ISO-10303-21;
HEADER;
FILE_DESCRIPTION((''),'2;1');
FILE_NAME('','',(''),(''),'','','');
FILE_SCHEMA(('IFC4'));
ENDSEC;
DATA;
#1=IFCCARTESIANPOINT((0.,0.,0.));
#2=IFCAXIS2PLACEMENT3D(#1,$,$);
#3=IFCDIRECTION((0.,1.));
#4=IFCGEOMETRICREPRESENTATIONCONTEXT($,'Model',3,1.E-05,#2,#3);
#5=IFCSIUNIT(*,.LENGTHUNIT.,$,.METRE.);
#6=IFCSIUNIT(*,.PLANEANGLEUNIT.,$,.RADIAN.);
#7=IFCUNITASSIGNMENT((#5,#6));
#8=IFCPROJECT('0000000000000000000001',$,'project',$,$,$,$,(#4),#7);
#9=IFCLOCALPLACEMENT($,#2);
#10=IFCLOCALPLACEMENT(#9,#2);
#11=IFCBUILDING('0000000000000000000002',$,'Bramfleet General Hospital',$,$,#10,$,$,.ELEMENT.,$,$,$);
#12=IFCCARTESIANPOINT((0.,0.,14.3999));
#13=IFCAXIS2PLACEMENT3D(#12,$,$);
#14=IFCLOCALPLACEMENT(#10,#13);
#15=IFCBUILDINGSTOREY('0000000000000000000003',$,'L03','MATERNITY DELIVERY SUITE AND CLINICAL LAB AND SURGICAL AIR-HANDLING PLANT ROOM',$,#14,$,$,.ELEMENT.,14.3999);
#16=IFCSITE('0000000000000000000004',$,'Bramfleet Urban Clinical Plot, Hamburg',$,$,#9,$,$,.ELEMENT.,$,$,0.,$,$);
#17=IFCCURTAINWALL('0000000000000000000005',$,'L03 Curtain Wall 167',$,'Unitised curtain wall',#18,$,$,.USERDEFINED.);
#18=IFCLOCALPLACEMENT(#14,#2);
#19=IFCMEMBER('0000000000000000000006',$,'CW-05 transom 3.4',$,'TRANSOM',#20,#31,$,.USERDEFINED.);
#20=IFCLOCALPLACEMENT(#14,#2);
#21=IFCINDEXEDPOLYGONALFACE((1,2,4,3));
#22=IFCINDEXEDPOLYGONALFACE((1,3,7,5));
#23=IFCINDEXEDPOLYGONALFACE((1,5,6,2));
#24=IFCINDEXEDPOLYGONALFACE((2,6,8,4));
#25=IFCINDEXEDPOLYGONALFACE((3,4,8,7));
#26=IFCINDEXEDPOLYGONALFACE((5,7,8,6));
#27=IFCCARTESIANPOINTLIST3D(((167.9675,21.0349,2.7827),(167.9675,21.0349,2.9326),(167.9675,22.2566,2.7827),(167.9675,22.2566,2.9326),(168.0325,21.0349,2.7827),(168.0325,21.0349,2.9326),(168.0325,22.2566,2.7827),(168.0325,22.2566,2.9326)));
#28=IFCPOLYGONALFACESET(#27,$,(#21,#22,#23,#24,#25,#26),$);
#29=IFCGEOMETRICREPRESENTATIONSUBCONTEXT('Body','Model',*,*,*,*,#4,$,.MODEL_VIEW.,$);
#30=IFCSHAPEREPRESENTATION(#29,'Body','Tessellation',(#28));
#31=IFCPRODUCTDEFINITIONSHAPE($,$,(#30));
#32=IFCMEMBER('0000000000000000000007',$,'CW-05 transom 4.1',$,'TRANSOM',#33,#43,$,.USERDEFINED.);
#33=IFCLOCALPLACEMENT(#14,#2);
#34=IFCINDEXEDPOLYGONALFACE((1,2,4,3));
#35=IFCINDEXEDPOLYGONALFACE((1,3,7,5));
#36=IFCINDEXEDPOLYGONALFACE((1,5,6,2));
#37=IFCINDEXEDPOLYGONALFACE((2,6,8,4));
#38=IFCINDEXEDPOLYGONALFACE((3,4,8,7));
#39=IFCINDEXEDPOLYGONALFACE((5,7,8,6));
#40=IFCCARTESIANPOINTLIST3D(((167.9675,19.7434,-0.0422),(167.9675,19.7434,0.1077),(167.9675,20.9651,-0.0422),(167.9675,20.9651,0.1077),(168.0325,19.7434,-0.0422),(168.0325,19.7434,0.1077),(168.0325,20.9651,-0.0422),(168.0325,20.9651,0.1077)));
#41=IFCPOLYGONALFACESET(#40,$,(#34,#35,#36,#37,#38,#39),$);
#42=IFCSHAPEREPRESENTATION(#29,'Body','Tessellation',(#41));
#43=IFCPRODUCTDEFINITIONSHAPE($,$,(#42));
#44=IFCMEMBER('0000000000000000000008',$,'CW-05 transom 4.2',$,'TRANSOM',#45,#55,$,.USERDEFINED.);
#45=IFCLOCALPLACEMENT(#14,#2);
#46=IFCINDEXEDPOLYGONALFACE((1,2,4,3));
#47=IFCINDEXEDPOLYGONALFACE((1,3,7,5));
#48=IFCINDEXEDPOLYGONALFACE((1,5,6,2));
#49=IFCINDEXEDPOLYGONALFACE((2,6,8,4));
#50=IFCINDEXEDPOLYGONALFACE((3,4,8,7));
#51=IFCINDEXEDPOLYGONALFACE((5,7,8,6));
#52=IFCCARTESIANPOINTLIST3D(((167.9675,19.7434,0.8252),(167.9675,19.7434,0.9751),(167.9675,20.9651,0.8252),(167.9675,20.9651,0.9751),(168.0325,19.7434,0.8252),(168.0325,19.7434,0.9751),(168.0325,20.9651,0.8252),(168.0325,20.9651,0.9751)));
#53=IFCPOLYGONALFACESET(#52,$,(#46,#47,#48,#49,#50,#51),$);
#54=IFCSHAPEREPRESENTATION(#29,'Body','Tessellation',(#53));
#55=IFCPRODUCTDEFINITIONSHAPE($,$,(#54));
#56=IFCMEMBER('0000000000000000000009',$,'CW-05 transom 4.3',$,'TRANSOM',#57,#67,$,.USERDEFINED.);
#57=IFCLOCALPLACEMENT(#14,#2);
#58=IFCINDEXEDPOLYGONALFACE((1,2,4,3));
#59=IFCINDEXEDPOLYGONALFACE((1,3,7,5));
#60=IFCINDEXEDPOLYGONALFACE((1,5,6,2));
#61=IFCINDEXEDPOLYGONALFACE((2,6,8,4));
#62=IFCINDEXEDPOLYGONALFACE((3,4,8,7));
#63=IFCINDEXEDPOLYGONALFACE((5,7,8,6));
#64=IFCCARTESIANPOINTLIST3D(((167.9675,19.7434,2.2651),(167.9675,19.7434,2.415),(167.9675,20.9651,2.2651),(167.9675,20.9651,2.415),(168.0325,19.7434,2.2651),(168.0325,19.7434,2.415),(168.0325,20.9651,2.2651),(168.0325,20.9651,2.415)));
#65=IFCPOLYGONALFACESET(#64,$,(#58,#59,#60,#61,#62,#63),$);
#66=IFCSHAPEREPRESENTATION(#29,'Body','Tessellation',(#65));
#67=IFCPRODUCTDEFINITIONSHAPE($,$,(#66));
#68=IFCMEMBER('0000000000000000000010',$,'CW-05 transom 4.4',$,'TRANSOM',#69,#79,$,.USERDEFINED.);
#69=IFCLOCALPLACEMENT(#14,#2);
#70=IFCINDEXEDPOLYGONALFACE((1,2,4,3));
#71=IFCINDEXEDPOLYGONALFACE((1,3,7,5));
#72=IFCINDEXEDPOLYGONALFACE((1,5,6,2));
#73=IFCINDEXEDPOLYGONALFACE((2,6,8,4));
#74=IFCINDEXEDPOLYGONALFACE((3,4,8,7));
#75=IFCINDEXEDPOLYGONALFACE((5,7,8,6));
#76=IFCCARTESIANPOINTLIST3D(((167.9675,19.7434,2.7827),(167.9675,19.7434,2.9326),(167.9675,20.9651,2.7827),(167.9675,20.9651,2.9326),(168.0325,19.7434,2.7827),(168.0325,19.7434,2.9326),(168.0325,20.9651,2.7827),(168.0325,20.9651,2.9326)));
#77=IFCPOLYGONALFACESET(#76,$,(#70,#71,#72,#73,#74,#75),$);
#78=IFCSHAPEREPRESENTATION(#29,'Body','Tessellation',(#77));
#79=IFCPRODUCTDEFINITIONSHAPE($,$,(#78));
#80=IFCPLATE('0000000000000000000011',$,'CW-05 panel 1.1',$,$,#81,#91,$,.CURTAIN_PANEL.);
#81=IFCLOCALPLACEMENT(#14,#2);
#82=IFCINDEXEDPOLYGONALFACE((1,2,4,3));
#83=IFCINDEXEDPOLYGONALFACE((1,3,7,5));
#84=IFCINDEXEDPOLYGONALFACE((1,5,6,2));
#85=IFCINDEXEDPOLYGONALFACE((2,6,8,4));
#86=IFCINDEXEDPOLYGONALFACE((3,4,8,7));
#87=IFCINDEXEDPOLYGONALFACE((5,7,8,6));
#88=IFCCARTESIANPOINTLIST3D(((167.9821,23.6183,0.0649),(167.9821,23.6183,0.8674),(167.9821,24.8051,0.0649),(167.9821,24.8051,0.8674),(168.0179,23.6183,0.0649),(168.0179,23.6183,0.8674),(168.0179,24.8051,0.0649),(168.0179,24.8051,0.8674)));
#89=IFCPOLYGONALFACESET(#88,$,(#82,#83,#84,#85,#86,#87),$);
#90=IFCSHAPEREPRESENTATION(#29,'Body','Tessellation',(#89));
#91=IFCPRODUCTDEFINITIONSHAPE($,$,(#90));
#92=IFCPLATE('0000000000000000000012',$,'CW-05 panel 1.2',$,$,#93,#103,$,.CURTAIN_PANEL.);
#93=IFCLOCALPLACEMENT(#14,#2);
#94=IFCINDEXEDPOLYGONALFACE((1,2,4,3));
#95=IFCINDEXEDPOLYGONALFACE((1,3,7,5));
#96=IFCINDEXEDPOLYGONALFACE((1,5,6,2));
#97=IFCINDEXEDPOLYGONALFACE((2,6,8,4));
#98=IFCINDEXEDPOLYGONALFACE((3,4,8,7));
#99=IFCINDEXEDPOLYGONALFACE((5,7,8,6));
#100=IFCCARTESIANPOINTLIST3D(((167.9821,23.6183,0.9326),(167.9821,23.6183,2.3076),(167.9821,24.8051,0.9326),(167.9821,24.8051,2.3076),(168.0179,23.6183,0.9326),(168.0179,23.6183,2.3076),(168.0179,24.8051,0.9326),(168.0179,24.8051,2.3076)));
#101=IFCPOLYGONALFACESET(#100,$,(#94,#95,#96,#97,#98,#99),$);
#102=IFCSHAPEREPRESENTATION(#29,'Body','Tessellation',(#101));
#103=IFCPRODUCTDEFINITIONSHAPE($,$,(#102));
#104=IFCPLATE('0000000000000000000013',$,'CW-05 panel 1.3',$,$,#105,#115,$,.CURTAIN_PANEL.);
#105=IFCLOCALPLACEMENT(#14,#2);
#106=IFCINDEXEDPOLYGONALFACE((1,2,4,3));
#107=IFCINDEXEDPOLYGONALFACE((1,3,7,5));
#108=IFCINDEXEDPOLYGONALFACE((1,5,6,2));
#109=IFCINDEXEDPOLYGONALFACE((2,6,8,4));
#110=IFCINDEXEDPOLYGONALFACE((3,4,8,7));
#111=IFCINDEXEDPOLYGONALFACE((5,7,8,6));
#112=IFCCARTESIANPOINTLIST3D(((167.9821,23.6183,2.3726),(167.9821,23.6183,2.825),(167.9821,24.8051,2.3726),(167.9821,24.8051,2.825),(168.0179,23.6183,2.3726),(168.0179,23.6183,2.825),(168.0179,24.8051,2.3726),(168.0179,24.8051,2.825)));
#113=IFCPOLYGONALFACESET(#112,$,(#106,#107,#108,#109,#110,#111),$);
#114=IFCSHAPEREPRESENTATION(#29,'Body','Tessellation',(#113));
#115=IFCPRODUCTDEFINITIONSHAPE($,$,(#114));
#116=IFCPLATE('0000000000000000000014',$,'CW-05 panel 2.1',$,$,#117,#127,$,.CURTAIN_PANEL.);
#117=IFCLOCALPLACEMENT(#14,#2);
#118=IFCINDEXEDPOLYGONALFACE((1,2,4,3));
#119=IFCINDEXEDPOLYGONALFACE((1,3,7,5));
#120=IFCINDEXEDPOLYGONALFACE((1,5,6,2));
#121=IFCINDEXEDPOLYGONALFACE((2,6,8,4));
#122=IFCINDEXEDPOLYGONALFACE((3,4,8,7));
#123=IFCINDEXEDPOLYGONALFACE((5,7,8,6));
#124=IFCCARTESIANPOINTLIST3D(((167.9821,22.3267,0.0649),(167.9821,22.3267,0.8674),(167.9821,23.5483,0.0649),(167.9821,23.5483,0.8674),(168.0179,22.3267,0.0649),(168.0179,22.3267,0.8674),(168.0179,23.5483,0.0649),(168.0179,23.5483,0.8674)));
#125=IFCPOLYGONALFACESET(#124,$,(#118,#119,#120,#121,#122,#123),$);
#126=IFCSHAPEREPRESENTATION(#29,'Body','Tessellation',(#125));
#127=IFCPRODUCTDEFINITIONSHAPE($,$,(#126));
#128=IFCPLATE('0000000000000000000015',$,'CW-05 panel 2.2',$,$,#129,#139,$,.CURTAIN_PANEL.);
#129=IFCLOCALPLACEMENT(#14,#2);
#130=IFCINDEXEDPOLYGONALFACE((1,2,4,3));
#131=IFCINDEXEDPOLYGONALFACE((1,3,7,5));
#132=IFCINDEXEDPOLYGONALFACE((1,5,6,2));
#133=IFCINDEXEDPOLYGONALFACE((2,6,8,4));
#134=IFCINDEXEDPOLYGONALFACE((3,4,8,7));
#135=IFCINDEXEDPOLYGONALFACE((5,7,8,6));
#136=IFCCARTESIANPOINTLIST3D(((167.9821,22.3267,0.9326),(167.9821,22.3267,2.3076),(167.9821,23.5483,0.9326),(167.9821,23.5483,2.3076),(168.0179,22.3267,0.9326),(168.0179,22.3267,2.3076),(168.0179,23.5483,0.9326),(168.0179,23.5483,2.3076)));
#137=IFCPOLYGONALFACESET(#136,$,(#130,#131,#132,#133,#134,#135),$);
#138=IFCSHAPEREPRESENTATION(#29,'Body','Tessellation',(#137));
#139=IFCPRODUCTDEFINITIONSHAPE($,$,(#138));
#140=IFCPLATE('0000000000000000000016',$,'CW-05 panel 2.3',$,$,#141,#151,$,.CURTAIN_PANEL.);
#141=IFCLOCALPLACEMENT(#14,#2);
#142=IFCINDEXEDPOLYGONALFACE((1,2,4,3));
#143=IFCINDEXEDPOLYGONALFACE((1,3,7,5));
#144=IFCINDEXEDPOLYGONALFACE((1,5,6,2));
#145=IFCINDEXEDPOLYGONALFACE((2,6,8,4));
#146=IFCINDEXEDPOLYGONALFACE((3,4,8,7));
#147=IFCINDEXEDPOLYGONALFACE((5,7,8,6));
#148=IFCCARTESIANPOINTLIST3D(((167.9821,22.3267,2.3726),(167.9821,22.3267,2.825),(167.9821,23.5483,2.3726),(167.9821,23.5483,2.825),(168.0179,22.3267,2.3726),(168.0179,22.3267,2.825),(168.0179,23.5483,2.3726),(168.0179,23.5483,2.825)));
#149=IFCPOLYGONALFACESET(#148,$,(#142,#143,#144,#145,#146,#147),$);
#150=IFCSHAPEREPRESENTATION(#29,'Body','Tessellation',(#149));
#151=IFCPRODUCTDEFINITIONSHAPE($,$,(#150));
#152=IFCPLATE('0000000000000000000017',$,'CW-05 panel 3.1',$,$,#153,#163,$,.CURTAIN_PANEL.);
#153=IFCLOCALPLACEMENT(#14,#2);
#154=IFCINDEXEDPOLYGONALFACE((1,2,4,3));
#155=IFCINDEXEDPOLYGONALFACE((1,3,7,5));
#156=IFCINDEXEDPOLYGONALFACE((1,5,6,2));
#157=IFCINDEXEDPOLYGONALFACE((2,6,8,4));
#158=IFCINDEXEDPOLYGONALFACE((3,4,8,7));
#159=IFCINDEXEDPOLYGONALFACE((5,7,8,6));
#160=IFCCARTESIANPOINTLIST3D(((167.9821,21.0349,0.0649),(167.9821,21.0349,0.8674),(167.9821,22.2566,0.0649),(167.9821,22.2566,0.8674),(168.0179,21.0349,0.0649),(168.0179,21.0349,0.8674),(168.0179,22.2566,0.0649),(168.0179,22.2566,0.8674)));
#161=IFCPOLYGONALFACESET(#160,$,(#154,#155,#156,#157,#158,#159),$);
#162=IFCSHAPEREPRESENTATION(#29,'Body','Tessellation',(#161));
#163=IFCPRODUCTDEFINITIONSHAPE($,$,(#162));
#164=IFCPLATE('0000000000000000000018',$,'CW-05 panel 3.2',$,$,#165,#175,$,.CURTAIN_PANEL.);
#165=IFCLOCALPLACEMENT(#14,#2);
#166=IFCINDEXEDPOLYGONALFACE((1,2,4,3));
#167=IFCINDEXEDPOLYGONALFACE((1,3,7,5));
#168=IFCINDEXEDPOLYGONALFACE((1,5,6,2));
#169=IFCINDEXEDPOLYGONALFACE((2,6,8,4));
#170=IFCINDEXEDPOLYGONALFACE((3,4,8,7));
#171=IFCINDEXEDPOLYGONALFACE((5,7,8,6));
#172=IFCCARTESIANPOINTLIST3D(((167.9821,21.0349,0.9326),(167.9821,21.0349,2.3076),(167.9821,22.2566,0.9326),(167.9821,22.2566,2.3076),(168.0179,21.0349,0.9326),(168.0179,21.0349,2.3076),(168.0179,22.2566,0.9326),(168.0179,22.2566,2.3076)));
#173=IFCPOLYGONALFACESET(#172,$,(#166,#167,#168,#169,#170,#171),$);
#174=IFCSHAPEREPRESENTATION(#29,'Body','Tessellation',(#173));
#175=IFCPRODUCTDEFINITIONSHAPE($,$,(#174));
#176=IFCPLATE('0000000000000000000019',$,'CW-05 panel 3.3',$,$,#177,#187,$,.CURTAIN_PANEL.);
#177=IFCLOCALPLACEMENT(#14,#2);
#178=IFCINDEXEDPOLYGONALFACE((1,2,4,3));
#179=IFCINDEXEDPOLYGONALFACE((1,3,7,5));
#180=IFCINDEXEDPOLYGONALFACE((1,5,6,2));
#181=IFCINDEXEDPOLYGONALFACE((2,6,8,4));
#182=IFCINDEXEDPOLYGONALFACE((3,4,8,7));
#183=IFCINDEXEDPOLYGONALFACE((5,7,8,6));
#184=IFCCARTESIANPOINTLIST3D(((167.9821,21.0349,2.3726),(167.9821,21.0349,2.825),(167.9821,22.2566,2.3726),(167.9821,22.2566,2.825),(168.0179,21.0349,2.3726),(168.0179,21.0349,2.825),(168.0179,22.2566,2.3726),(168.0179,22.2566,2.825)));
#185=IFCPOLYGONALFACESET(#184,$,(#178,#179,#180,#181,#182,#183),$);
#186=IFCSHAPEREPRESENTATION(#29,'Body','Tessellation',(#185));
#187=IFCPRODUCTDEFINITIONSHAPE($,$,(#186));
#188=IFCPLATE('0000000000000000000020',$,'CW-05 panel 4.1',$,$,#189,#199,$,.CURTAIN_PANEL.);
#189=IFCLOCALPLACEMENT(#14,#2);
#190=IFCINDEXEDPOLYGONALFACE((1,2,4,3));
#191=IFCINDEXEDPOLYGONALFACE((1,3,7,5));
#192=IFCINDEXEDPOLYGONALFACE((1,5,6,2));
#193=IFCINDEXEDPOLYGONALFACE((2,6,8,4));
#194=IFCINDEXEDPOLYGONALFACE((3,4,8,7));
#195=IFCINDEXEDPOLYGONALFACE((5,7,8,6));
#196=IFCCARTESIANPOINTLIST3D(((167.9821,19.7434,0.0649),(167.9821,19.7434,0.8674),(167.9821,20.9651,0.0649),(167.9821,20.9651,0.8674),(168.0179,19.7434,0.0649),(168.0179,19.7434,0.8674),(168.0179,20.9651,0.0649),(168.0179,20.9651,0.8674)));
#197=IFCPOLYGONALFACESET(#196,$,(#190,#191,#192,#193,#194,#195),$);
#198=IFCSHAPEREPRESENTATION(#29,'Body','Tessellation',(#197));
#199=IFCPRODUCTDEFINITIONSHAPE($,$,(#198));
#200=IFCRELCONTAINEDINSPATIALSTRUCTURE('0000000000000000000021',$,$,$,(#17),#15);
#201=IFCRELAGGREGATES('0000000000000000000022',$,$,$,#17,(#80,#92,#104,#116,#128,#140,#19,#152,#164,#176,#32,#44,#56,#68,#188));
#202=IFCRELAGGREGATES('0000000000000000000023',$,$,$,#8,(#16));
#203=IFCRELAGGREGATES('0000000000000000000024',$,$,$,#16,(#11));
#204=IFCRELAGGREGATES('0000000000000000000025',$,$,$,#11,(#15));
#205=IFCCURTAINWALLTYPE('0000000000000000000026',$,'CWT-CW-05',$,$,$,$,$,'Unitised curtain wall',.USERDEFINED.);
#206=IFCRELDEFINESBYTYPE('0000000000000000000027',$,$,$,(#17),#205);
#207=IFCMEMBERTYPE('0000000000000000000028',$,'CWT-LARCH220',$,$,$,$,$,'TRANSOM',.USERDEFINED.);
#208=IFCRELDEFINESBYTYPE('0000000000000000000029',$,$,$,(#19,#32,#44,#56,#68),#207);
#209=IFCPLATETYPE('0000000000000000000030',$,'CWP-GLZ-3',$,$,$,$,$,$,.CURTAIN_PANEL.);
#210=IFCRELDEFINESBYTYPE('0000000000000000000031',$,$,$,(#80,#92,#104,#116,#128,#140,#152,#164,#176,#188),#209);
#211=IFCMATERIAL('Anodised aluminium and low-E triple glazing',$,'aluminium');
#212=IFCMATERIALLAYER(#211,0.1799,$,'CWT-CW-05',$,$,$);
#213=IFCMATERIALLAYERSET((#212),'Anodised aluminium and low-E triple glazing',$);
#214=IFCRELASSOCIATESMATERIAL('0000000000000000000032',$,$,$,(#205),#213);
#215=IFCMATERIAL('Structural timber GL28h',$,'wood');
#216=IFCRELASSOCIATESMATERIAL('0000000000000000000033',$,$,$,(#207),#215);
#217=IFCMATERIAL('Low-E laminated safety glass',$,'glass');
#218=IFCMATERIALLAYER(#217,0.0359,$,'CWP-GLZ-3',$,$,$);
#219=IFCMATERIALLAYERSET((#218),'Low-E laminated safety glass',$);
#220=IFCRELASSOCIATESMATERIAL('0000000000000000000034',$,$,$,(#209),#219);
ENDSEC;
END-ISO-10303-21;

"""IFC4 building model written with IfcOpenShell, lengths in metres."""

from ifc_helpers import new_model, si_unit, direction, frame, origin, origin_2d, place, context, subcontext, project, spatial, rectangle, extrude, material, layer, layer_set, material_profile, profile_set, type_object, element, aggregate, save


model = new_model("IFC4")

# Units and contexts
model_context = context("Model", 3, precision=1e-05, world=origin(), true_north=direction((0.0, 1.0)))
body_context = subcontext(model_context, "Body", "Model", "MODEL_VIEW")
ifc_project = project(units=[si_unit("LENGTHUNIT", "METRE"), si_unit("PLANEANGLEUNIT", "RADIAN")], contexts=[model_context])

# Site, building, storey
site_placement = place(None, origin())
site = spatial("IfcSite", under=ifc_project, at=site_placement, Name="Bramfleet Urban Clinical Plot, Hamburg", CompositionType="ELEMENT", RefElevation=0.0)
building_placement = place(site_placement, origin())
building = spatial("IfcBuilding", under=site, at=building_placement, Name="Bramfleet General Hospital", CompositionType="ELEMENT")
storey_placement = place(building_placement, frame((0.0, 0.0, 14.3999)))
storey = spatial("IfcBuildingStorey", under=building, at=storey_placement, Name="L03", Description="MATERNITY DELIVERY SUITE AND CLINICAL LAB AND SURGICAL AIR-HANDLING PLANT ROOM", CompositionType="ELEMENT", Elevation=14.3999)

# Curtain wall, members, plates
ifc_material_1 = material(Name="Anodised aluminium and low-E triple glazing", Category="aluminium")
ifc_layer_1 = layer(ifc_material_1, 0.1799, Name="CWT-CW-05")
ifc_layer_set_1 = layer_set([ifc_layer_1], Name="Anodised aluminium and low-E triple glazing")
curtain_wall_type = type_object("IfcCurtainWallType", Name="CWT-CW-05", ElementType="Unitised curtain wall", PredefinedType="USERDEFINED", material=ifc_layer_set_1)
curtain_wall_placement = place(storey_placement, origin())
curtain_wall = element("IfcCurtainWall", 1, at=curtain_wall_placement, inside=storey, type_object=curtain_wall_type, Name="L03 Curtain Wall 167", ObjectType="Unitised curtain wall", PredefinedType="USERDEFINED")
ifc_material_2 = material(Name="Structural timber GL28h", Category="wood")
ifc_material_profile_1 = material_profile(ifc_material_2, rectangle(XDim=0.0649, YDim=0.1499, at=origin_2d()), Name="LARCH 150x65")
ifc_profile_set_1 = profile_set([ifc_material_profile_1], Name="Structural timber GL28h")
member_type_1 = type_object("IfcMemberType", Name="CWT-LARCH220", ElementType="TRANSOM", PredefinedType="USERDEFINED", material=ifc_profile_set_1)
member_1_placement = place(storey_placement, frame((168.0, 22.2566, 2.8577), z_axis=(0.0, -1.0, 0.0), x_axis=(1.0, 0.0, 0.0)))
member_1 = element("IfcMember", 2, at=member_1_placement, type_object=member_type_1, Name="CW-05 transom 3.4", ObjectType="TRANSOM", PredefinedType="USERDEFINED", context=body_context, shape_type="SweptSolid", body=[
    extrude(rectangle(XDim=0.0649, YDim=0.1499, at=origin_2d()), origin(), (0.0, 0.0, 1.0), 1.2217),
])
member_2_placement = place(storey_placement, frame((168.0, 20.9651, 0.0327), z_axis=(0.0, -1.0, 0.0), x_axis=(1.0, 0.0, 0.0)))
member_2 = element("IfcMember", 3, at=member_2_placement, type_object=member_type_1, Name="CW-05 transom 4.1", ObjectType="TRANSOM", PredefinedType="USERDEFINED", context=body_context, shape_type="SweptSolid", body=[
    extrude(rectangle(XDim=0.0649, YDim=0.1499, at=origin_2d()), origin(), (0.0, 0.0, 1.0), 1.2217),
])
member_3_placement = place(storey_placement, frame((168.0, 20.9651, 0.9001), z_axis=(0.0, -1.0, 0.0), x_axis=(1.0, 0.0, 0.0)))
member_3 = element("IfcMember", 4, at=member_3_placement, type_object=member_type_1, Name="CW-05 transom 4.2", ObjectType="TRANSOM", PredefinedType="USERDEFINED", context=body_context, shape_type="SweptSolid", body=[
    extrude(rectangle(XDim=0.0649, YDim=0.1499, at=origin_2d()), origin(), (0.0, 0.0, 1.0), 1.2217),
])
member_4_placement = place(storey_placement, frame((168.0, 20.9651, 2.3401), z_axis=(0.0, -1.0, 0.0), x_axis=(1.0, 0.0, 0.0)))
member_4 = element("IfcMember", 5, at=member_4_placement, type_object=member_type_1, Name="CW-05 transom 4.3", ObjectType="TRANSOM", PredefinedType="USERDEFINED", context=body_context, shape_type="SweptSolid", body=[
    extrude(rectangle(XDim=0.0649, YDim=0.1499, at=origin_2d()), origin(), (0.0, 0.0, 1.0), 1.2217),
])
member_5_placement = place(storey_placement, frame((168.0, 20.9651, 2.8577), z_axis=(0.0, -1.0, 0.0), x_axis=(1.0, 0.0, 0.0)))
member_5 = element("IfcMember", 6, at=member_5_placement, type_object=member_type_1, Name="CW-05 transom 4.4", ObjectType="TRANSOM", PredefinedType="USERDEFINED", context=body_context, shape_type="SweptSolid", body=[
    extrude(rectangle(XDim=0.0649, YDim=0.1499, at=origin_2d()), origin(), (0.0, 0.0, 1.0), 1.2217),
])
ifc_material_3 = material(Name="Low-E laminated safety glass", Category="glass")
ifc_layer_2 = layer(ifc_material_3, 0.0359, Name="CWP-GLZ-3")
ifc_layer_set_2 = layer_set([ifc_layer_2], Name="Low-E laminated safety glass")
plate_type = type_object("IfcPlateType", Name="CWP-GLZ-3", PredefinedType="CURTAIN_PANEL", material=ifc_layer_set_2)
plate_1_placement = place(storey_placement, frame((168.0, 24.2117, 0.0649), z_axis=(0.0, 0.0, 1.0), x_axis=(0.0, -1.0, 0.0)))
plate_1 = element("IfcPlate", 7, at=plate_1_placement, type_object=plate_type, Name="CW-05 panel 1.1", PredefinedType="CURTAIN_PANEL", context=body_context, shape_type="SweptSolid", body=[
    extrude(rectangle(XDim=1.1868, YDim=0.0359, at=origin_2d()), origin(), (0.0, 0.0, 1.0), 0.8025),
])
plate_2_placement = place(storey_placement, frame((168.0, 24.2117, 0.9326), z_axis=(0.0, 0.0, 1.0), x_axis=(0.0, -1.0, 0.0)))
plate_2 = element("IfcPlate", 8, at=plate_2_placement, type_object=plate_type, Name="CW-05 panel 1.2", PredefinedType="CURTAIN_PANEL", context=body_context, shape_type="SweptSolid", body=[
    extrude(rectangle(XDim=1.1868, YDim=0.0359, at=origin_2d()), origin(), (0.0, 0.0, 1.0), 1.375),
])
plate_3_placement = place(storey_placement, frame((168.0, 24.2117, 2.3726), z_axis=(0.0, 0.0, 1.0), x_axis=(0.0, -1.0, 0.0)))
plate_3 = element("IfcPlate", 9, at=plate_3_placement, type_object=plate_type, Name="CW-05 panel 1.3", PredefinedType="CURTAIN_PANEL", context=body_context, shape_type="SweptSolid", body=[
    extrude(rectangle(XDim=1.1868, YDim=0.0359, at=origin_2d()), origin(), (0.0, 0.0, 1.0), 0.4524),
])
plate_4_placement = place(storey_placement, frame((168.0, 22.9375, 0.0649), z_axis=(0.0, 0.0, 1.0), x_axis=(0.0, -1.0, 0.0)))
plate_4 = element("IfcPlate", 10, at=plate_4_placement, type_object=plate_type, Name="CW-05 panel 2.1", PredefinedType="CURTAIN_PANEL", context=body_context, shape_type="SweptSolid", body=[
    extrude(rectangle(XDim=1.2217, YDim=0.0359, at=origin_2d()), origin(), (0.0, 0.0, 1.0), 0.8025),
])
plate_5_placement = place(storey_placement, frame((168.0, 22.9375, 0.9326), z_axis=(0.0, 0.0, 1.0), x_axis=(0.0, -1.0, 0.0)))
plate_5 = element("IfcPlate", 11, at=plate_5_placement, type_object=plate_type, Name="CW-05 panel 2.2", PredefinedType="CURTAIN_PANEL", context=body_context, shape_type="SweptSolid", body=[
    extrude(rectangle(XDim=1.2217, YDim=0.0359, at=origin_2d()), origin(), (0.0, 0.0, 1.0), 1.375),
])
plate_6_placement = place(storey_placement, frame((168.0, 22.9375, 2.3726), z_axis=(0.0, 0.0, 1.0), x_axis=(0.0, -1.0, 0.0)))
plate_6 = element("IfcPlate", 12, at=plate_6_placement, type_object=plate_type, Name="CW-05 panel 2.3", PredefinedType="CURTAIN_PANEL", context=body_context, shape_type="SweptSolid", body=[
    extrude(rectangle(XDim=1.2217, YDim=0.0359, at=origin_2d()), origin(), (0.0, 0.0, 1.0), 0.4524),
])
plate_7_placement = place(storey_placement, frame((168.0, 21.6458, 0.0649), z_axis=(0.0, 0.0, 1.0), x_axis=(0.0, -1.0, 0.0)))
plate_7 = element("IfcPlate", 13, at=plate_7_placement, type_object=plate_type, Name="CW-05 panel 3.1", PredefinedType="CURTAIN_PANEL", context=body_context, shape_type="SweptSolid", body=[
    extrude(rectangle(XDim=1.2217, YDim=0.0359, at=origin_2d()), origin(), (0.0, 0.0, 1.0), 0.8025),
])
plate_8_placement = place(storey_placement, frame((168.0, 21.6458, 0.9326), z_axis=(0.0, 0.0, 1.0), x_axis=(0.0, -1.0, 0.0)))
plate_8 = element("IfcPlate", 14, at=plate_8_placement, type_object=plate_type, Name="CW-05 panel 3.2", PredefinedType="CURTAIN_PANEL", context=body_context, shape_type="SweptSolid", body=[
    extrude(rectangle(XDim=1.2217, YDim=0.0359, at=origin_2d()), origin(), (0.0, 0.0, 1.0), 1.375),
])
plate_9_placement = place(storey_placement, frame((168.0, 21.6458, 2.3726), z_axis=(0.0, 0.0, 1.0), x_axis=(0.0, -1.0, 0.0)))
plate_9 = element("IfcPlate", 15, at=plate_9_placement, type_object=plate_type, Name="CW-05 panel 3.3", PredefinedType="CURTAIN_PANEL", context=body_context, shape_type="SweptSolid", body=[
    extrude(rectangle(XDim=1.2217, YDim=0.0359, at=origin_2d()), origin(), (0.0, 0.0, 1.0), 0.4524),
])
plate_10_placement = place(storey_placement, frame((168.0, 20.3542, 0.0649), z_axis=(0.0, 0.0, 1.0), x_axis=(0.0, -1.0, 0.0)))
plate_10 = element("IfcPlate", 16, at=plate_10_placement, type_object=plate_type, Name="CW-05 panel 4.1", PredefinedType="CURTAIN_PANEL", context=body_context, shape_type="SweptSolid", body=[
    extrude(rectangle(XDim=1.2217, YDim=0.0359, at=origin_2d()), origin(), (0.0, 0.0, 1.0), 0.8025),
])
aggregate(curtain_wall, [plate_1, plate_2, plate_3, plate_4, plate_5, plate_6, member_1, plate_7, plate_8, plate_9, member_2, member_3, member_4, member_5, plate_10])

save(model, "model.ifc")
